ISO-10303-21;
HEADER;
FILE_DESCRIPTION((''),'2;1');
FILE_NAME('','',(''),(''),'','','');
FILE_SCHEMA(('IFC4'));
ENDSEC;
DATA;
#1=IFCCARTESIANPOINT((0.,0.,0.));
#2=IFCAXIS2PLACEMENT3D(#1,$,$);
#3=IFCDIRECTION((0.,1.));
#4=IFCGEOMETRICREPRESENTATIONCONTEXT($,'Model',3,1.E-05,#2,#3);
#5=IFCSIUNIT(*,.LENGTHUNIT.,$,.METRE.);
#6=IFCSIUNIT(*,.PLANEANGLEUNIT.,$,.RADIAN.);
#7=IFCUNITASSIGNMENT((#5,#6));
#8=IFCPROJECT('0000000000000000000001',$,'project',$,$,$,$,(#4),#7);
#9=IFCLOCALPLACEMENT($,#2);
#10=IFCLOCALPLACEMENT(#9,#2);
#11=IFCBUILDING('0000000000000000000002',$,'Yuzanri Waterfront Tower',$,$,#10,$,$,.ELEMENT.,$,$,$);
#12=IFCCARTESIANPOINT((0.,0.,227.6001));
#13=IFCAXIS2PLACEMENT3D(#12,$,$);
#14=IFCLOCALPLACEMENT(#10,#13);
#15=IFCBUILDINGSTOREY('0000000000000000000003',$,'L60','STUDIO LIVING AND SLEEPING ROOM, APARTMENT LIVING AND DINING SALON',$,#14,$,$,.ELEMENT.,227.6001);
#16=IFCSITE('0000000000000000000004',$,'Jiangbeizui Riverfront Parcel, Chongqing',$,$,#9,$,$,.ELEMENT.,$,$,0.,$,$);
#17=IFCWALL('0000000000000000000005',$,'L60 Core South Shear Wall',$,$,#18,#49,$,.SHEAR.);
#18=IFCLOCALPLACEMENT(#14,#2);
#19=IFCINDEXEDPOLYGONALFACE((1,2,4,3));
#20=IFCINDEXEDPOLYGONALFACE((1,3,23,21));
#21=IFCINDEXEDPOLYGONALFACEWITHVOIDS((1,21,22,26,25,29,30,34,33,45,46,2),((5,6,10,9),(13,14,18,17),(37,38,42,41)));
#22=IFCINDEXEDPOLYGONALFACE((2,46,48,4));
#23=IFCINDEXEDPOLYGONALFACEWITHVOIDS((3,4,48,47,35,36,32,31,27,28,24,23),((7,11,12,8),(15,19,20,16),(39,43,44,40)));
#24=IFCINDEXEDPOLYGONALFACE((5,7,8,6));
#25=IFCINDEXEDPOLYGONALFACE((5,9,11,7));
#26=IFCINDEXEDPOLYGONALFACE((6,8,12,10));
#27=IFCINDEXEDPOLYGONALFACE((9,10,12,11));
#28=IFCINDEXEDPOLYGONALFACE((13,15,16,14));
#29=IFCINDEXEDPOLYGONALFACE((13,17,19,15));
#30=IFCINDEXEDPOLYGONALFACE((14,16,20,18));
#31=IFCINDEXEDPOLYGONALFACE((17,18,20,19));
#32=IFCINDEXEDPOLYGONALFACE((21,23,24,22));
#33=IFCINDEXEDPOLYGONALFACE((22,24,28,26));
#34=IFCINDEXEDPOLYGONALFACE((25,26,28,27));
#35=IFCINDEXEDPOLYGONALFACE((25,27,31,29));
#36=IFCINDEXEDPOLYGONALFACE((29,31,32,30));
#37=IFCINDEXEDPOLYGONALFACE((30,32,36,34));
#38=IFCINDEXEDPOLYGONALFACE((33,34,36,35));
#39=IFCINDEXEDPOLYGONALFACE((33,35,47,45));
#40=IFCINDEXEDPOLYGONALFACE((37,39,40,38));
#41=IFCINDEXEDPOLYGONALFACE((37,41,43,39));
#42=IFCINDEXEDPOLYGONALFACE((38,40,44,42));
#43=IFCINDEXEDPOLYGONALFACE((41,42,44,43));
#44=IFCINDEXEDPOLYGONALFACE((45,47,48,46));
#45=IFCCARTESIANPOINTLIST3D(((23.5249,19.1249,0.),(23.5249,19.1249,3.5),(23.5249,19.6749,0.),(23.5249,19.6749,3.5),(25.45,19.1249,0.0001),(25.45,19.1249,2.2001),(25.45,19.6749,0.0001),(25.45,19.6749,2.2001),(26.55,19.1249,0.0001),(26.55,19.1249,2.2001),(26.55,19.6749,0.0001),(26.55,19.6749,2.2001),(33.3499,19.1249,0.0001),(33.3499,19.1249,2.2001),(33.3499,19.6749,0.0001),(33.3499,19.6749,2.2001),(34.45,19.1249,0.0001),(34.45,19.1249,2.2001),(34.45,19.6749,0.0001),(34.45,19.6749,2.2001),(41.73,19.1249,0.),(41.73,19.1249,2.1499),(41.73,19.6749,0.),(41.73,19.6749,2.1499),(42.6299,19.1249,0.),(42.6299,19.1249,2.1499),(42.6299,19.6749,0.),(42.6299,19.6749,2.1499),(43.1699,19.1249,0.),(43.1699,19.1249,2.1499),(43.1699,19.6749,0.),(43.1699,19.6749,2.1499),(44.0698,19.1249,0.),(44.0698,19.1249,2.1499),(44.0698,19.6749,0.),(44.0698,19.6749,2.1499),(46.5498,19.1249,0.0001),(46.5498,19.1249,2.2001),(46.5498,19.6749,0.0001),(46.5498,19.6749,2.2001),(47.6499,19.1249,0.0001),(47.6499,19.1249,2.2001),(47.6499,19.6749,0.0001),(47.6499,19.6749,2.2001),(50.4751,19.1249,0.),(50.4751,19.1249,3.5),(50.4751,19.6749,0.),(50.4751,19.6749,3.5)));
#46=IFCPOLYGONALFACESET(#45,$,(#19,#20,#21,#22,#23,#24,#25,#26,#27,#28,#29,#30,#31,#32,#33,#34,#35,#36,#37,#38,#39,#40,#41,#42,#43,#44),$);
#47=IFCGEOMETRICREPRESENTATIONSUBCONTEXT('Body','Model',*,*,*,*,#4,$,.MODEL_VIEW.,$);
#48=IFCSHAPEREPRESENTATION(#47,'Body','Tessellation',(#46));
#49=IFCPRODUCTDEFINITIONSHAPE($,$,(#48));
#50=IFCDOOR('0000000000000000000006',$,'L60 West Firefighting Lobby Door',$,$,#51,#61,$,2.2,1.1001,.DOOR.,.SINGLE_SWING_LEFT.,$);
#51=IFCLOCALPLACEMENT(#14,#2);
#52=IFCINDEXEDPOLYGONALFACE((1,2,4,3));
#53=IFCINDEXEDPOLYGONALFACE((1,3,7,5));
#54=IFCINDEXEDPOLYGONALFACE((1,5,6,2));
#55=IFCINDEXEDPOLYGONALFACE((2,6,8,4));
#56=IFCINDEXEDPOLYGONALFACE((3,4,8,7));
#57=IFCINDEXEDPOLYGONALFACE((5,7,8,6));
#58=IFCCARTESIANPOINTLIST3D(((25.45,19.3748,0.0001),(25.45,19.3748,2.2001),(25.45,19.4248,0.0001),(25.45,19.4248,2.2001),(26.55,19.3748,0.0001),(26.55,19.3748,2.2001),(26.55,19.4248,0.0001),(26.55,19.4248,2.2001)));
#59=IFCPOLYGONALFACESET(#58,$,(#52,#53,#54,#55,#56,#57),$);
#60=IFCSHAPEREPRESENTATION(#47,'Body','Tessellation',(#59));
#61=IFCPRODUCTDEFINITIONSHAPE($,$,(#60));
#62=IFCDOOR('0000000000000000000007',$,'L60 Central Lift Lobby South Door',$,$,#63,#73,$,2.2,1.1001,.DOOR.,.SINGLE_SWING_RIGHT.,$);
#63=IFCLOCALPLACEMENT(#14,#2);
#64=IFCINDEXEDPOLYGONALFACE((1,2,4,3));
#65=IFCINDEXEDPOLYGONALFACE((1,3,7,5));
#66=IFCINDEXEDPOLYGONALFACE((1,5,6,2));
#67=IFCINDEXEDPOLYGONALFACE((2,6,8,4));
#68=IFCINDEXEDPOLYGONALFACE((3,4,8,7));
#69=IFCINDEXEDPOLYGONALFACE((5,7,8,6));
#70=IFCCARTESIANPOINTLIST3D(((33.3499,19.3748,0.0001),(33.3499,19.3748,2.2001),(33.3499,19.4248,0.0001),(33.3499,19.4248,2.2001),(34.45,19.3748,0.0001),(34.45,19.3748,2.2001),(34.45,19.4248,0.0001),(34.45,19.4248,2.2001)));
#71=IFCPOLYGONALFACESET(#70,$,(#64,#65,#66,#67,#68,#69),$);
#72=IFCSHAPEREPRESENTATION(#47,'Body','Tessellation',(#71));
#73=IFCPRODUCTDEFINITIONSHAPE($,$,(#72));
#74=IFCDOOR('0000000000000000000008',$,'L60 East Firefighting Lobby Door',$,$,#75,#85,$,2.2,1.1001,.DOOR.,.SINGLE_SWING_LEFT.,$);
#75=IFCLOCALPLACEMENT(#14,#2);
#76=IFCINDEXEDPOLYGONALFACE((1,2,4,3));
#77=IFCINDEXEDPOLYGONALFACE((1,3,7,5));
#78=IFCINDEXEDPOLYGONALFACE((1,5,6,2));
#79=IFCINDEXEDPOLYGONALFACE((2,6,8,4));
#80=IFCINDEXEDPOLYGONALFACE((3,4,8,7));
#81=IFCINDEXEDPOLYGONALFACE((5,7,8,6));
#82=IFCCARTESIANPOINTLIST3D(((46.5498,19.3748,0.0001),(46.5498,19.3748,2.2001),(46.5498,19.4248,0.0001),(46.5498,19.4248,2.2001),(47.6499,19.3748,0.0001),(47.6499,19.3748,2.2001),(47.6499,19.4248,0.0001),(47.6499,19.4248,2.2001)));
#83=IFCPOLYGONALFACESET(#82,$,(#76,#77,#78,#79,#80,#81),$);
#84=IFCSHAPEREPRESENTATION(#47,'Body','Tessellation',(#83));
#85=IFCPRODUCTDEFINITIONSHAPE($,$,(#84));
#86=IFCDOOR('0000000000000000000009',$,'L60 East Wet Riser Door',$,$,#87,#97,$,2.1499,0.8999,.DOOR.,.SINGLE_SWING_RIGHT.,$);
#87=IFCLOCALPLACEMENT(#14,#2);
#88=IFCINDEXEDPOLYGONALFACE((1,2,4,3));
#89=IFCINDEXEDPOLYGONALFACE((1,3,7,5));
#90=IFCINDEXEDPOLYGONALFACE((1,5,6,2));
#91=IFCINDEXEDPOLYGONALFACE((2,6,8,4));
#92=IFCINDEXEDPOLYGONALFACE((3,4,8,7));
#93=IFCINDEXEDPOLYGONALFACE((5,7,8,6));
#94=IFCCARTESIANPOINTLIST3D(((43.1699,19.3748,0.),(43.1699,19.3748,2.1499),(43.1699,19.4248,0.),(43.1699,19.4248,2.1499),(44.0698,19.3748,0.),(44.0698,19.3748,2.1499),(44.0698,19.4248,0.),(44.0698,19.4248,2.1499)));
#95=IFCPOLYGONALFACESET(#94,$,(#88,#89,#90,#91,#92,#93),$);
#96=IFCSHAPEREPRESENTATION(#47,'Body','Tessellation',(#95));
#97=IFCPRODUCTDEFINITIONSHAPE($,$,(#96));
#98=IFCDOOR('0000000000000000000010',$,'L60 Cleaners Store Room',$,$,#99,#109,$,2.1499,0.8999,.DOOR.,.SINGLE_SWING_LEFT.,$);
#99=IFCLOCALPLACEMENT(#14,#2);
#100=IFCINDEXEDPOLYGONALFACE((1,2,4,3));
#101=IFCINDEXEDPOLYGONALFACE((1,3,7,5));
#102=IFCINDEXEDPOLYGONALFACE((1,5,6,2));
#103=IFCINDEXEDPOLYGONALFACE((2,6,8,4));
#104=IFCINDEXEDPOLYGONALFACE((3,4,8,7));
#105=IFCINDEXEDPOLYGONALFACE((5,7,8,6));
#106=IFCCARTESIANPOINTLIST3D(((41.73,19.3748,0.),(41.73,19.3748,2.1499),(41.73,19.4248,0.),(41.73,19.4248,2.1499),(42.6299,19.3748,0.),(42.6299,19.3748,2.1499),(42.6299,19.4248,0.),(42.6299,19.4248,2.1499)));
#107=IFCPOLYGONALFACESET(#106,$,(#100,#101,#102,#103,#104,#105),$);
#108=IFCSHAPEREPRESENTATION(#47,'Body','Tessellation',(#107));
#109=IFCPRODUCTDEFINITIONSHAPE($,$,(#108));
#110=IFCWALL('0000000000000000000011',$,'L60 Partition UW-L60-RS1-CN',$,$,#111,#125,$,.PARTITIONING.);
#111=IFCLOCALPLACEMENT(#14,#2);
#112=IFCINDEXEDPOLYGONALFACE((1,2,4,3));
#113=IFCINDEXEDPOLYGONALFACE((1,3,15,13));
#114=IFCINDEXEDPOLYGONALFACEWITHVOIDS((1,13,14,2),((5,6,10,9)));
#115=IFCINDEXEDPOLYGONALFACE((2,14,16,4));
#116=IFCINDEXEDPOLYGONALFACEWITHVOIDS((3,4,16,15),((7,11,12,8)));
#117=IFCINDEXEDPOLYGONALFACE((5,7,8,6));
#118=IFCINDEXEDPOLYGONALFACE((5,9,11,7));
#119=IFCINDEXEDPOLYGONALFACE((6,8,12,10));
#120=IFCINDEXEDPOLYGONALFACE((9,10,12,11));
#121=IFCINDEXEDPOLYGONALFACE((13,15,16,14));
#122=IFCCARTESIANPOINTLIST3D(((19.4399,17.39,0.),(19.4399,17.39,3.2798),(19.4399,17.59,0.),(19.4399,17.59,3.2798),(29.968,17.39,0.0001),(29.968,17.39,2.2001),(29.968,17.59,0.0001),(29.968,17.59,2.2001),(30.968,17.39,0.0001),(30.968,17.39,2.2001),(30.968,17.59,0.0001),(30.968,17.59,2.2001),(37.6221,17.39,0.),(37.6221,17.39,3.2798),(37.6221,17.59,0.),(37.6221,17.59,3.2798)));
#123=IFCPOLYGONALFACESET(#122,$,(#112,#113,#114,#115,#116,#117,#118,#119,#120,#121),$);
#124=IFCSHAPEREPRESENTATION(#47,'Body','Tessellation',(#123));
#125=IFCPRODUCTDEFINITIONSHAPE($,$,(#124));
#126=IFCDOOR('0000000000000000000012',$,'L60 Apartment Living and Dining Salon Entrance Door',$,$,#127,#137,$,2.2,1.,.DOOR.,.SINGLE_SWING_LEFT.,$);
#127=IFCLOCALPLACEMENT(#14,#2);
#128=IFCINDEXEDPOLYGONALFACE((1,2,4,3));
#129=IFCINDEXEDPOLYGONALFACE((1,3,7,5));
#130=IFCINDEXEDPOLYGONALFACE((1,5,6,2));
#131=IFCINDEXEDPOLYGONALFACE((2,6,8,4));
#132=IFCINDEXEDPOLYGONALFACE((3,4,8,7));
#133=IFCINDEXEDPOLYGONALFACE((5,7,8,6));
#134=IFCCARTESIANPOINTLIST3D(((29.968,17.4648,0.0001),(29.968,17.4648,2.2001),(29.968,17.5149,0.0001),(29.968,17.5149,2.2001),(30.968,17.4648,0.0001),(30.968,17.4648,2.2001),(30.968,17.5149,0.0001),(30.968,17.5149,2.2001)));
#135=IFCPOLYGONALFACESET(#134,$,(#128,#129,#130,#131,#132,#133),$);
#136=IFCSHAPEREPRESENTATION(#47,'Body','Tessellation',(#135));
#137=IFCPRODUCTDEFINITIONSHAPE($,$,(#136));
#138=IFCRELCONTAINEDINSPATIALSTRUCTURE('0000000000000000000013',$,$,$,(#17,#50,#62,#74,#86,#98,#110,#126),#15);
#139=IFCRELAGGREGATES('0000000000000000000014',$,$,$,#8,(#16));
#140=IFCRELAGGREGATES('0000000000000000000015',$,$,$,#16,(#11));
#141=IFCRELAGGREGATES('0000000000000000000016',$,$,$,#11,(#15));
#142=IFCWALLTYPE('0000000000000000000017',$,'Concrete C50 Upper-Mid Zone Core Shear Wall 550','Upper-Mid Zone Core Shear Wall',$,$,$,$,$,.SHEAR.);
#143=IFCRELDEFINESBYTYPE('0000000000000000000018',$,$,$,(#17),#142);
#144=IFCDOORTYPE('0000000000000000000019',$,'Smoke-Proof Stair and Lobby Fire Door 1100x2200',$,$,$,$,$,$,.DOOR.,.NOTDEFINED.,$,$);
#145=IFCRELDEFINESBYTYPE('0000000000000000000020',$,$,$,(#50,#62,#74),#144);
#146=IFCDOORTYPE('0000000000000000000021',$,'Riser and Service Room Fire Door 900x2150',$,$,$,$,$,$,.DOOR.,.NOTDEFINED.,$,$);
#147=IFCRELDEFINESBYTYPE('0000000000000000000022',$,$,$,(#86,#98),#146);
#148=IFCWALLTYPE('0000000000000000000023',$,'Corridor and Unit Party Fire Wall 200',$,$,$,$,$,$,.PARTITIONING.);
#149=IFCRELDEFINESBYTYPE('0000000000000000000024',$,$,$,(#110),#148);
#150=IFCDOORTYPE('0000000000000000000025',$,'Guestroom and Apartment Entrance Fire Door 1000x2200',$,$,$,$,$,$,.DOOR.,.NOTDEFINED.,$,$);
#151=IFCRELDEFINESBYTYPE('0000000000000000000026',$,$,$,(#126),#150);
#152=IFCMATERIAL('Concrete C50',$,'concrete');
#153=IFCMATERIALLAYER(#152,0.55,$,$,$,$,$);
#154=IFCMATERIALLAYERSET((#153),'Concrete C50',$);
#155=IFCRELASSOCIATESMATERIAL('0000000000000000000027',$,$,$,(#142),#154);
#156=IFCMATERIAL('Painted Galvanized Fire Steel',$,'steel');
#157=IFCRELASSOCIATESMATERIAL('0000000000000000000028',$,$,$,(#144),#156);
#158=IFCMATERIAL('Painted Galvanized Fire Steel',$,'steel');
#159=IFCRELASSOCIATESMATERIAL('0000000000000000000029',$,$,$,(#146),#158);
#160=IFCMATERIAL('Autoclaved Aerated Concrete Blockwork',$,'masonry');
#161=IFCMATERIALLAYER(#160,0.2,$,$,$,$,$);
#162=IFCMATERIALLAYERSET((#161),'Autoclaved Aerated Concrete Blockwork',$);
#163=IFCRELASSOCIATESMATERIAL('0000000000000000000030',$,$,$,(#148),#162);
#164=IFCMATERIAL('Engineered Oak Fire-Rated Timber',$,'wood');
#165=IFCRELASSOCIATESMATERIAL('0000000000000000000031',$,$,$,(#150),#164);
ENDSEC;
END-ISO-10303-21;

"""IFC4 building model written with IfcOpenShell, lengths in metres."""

from ifc_helpers import new_model, si_unit, direction, frame, frame_2d, origin, place, context, subcontext, project, spatial, rectangle, extrude, source, transform, mapped, material, layer, layer_set, type_object, element, fill, save


model = new_model("IFC4")

# Units and contexts
model_context = context("Model", 3, precision=1e-05, world=origin(), true_north=direction((0.0, 1.0)))
body_context = subcontext(model_context, "Body", "Model", "MODEL_VIEW")
ifc_project = project(units=[si_unit("LENGTHUNIT", "METRE"), si_unit("PLANEANGLEUNIT", "RADIAN")], contexts=[model_context])

# Site, building, storey
site_placement = place(None, origin())
site = spatial("IfcSite", under=ifc_project, at=site_placement, Name="Jiangbeizui Riverfront Parcel, Chongqing", CompositionType="ELEMENT", RefElevation=0.0)
building_placement = place(site_placement, origin())
building = spatial("IfcBuilding", under=site, at=building_placement, Name="Yuzanri Waterfront Tower", CompositionType="ELEMENT")
storey_placement = place(building_placement, frame((0.0, 0.0, 227.6001)))
storey = spatial("IfcBuildingStorey", under=building, at=storey_placement, Name="L60", Description="STUDIO LIVING AND SLEEPING ROOM, APARTMENT LIVING AND DINING SALON", CompositionType="ELEMENT", Elevation=227.6001)

# Wall, openings, doors
ifc_material_1 = material(Name="Concrete C50", Category="concrete")
ifc_layer_1 = layer(ifc_material_1, 0.55)
ifc_layer_set_1 = layer_set([ifc_layer_1], Name="Concrete C50")
wall_type_1 = type_object("IfcWallType", Name="Concrete C50 Upper-Mid Zone Core Shear Wall 550", Description="Upper-Mid Zone Core Shear Wall", PredefinedType="SHEAR", material=ifc_layer_set_1)
wall_1_placement = place(storey_placement, frame((23.5249, 19.3999, 0.0), z_axis=(0.0, 0.0, 1.0), x_axis=(1.0, 0.0, 0.0)))
wall_1 = element("IfcWall", 1, at=wall_1_placement, inside=storey, type_object=wall_type_1, Name="L60 Core South Shear Wall", PredefinedType="SHEAR", context=body_context, shape_type="SweptSolid", body=[
    extrude(rectangle(XDim=26.9502, YDim=0.55, at=frame_2d((13.4751, 0.0))), origin(), (0.0, 0.0, 1.0), 3.5),
])
opening_1_placement = place(wall_1_placement, frame((1.925, 0.0, 0.0)))
opening_1 = element("IfcOpeningElement", 2, at=opening_1_placement, cuts=wall_1, PredefinedType="OPENING", context=body_context, shape_type="SweptSolid", body=[
    extrude(rectangle(XDim=1.1001, YDim=2.2, at=frame_2d((0.55, 1.1001))), frame((0.0, 0.29, 0.0), z_axis=(0.0, -1.0, 0.0), x_axis=(1.0, 0.0, 0.0)), (0.0, 0.0, 1.0), 0.5798),
])
opening_2_placement = place(wall_1_placement, frame((9.825, 0.0, 0.0)))
opening_2 = element("IfcOpeningElement", 3, at=opening_2_placement, cuts=wall_1, PredefinedType="OPENING", context=body_context, shape_type="SweptSolid", body=[
    extrude(rectangle(XDim=1.1001, YDim=2.2, at=frame_2d((0.55, 1.1001))), frame((0.0, 0.29, 0.0), z_axis=(0.0, -1.0, 0.0), x_axis=(1.0, 0.0, 0.0)), (0.0, 0.0, 1.0), 0.5798),
])
opening_3_placement = place(wall_1_placement, frame((23.0249, 0.0, 0.0)))
opening_3 = element("IfcOpeningElement", 4, at=opening_3_placement, cuts=wall_1, PredefinedType="OPENING", context=body_context, shape_type="SweptSolid", body=[
    extrude(rectangle(XDim=1.1001, YDim=2.2, at=frame_2d((0.55, 1.1001))), frame((0.0, 0.29, 0.0), z_axis=(0.0, -1.0, 0.0), x_axis=(1.0, 0.0, 0.0)), (0.0, 0.0, 1.0), 0.5798),
])
opening_4_placement = place(wall_1_placement, frame((19.645, 0.0, 0.0)))
opening_4 = element("IfcOpeningElement", 5, at=opening_4_placement, cuts=wall_1, PredefinedType="OPENING", context=body_context, shape_type="SweptSolid", body=[
    extrude(rectangle(XDim=0.8999, YDim=2.1499, at=frame_2d((0.45, 1.075))), frame((0.0, 0.29, 0.0), z_axis=(0.0, -1.0, 0.0), x_axis=(1.0, 0.0, 0.0)), (0.0, 0.0, 1.0), 0.5798),
])
opening_5_placement = place(wall_1_placement, frame((18.2051, 0.0, 0.0)))
opening_5 = element("IfcOpeningElement", 6, at=opening_5_placement, cuts=wall_1, PredefinedType="OPENING", context=body_context, shape_type="SweptSolid", body=[
    extrude(rectangle(XDim=0.8999, YDim=2.1499, at=frame_2d((0.45, 1.075))), frame((0.0, 0.29, 0.0), z_axis=(0.0, -1.0, 0.0), x_axis=(1.0, 0.0, 0.0)), (0.0, 0.0, 1.0), 0.5798),
])
ifc_material_2 = material(Name="Painted Galvanized Fire Steel", Category="steel")
door_type_1 = type_object("IfcDoorType", Name="Smoke-Proof Stair and Lobby Fire Door 1100x2200", OperationType="NOTDEFINED", PredefinedType="DOOR", material=ifc_material_2)
shared_shape_1 = source(origin(), body_context, "Body", "SweptSolid", [
    extrude(rectangle(XDim=1.1001, YDim=2.2, at=frame_2d((0.55, 1.1001))), frame((0.0, 0.0249, 0.0), z_axis=(0.0, -1.0, 0.0), x_axis=(1.0, 0.0, 0.0)), (0.0, 0.0, 1.0), 0.05),
])
door_1_placement = place(opening_1_placement, origin())
door_1 = element("IfcDoor", 7, at=door_1_placement, inside=storey, type_object=door_type_1, Name="L60 West Firefighting Lobby Door", OperationType="SINGLE_SWING_LEFT", OverallHeight=2.2, OverallWidth=1.1001, PredefinedType="DOOR", context=body_context, shape_type="MappedRepresentation", body=[
    mapped(shared_shape_1, transform((0.0, 0.0, 0.0), scale=1.0)),
])
fill(opening_1, door_1)
door_2_placement = place(opening_2_placement, origin())
door_2 = element("IfcDoor", 8, at=door_2_placement, inside=storey, type_object=door_type_1, Name="L60 Central Lift Lobby South Door", OperationType="SINGLE_SWING_RIGHT", OverallHeight=2.2, OverallWidth=1.1001, PredefinedType="DOOR", context=body_context, shape_type="MappedRepresentation", body=[
    mapped(shared_shape_1, transform((0.0, 0.0, 0.0), scale=1.0)),
])
fill(opening_2, door_2)
door_3_placement = place(opening_3_placement, origin())
door_3 = element("IfcDoor", 9, at=door_3_placement, inside=storey, type_object=door_type_1, Name="L60 East Firefighting Lobby Door", OperationType="SINGLE_SWING_LEFT", OverallHeight=2.2, OverallWidth=1.1001, PredefinedType="DOOR", context=body_context, shape_type="MappedRepresentation", body=[
    mapped(shared_shape_1, transform((0.0, 0.0, 0.0), scale=1.0)),
])
fill(opening_3, door_3)
ifc_material_3 = material(Name="Painted Galvanized Fire Steel", Category="steel")
door_type_2 = type_object("IfcDoorType", Name="Riser and Service Room Fire Door 900x2150", OperationType="NOTDEFINED", PredefinedType="DOOR", material=ifc_material_3)
shared_shape_2 = source(origin(), body_context, "Body", "SweptSolid", [
    extrude(rectangle(XDim=0.8999, YDim=2.1499, at=frame_2d((0.45, 1.075))), frame((0.0, 0.0249, 0.0), z_axis=(0.0, -1.0, 0.0), x_axis=(1.0, 0.0, 0.0)), (0.0, 0.0, 1.0), 0.05),
])
door_4_placement = place(opening_4_placement, origin())
door_4 = element("IfcDoor", 10, at=door_4_placement, inside=storey, type_object=door_type_2, Name="L60 East Wet Riser Door", OperationType="SINGLE_SWING_RIGHT", OverallHeight=2.1499, OverallWidth=0.8999, PredefinedType="DOOR", context=body_context, shape_type="MappedRepresentation", body=[
    mapped(shared_shape_2, transform((0.0, 0.0, 0.0), scale=1.0)),
])
fill(opening_4, door_4)
door_5_placement = place(opening_5_placement, origin())
door_5 = element("IfcDoor", 11, at=door_5_placement, inside=storey, type_object=door_type_2, Name="L60 Cleaners Store Room", OperationType="SINGLE_SWING_LEFT", OverallHeight=2.1499, OverallWidth=0.8999, PredefinedType="DOOR", context=body_context, shape_type="MappedRepresentation", body=[
    mapped(shared_shape_2, transform((0.0, 0.0, 0.0), scale=1.0)),
])
fill(opening_5, door_5)

# Wall, opening, door
ifc_material_4 = material(Name="Autoclaved Aerated Concrete Blockwork", Category="masonry")
ifc_layer_2 = layer(ifc_material_4, 0.2)
ifc_layer_set_2 = layer_set([ifc_layer_2], Name="Autoclaved Aerated Concrete Blockwork")
wall_type_2 = type_object("IfcWallType", Name="Corridor and Unit Party Fire Wall 200", PredefinedType="PARTITIONING", material=ifc_layer_set_2)
wall_2_placement = place(storey_placement, frame((19.4399, 17.49, 0.0), z_axis=(0.0, 0.0, 1.0), x_axis=(1.0, 0.0, 0.0)))
wall_2 = element("IfcWall", 12, at=wall_2_placement, inside=storey, type_object=wall_type_2, Name="L60 Partition UW-L60-RS1-CN", PredefinedType="PARTITIONING", context=body_context, shape_type="SweptSolid", body=[
    extrude(rectangle(XDim=18.1821, YDim=0.2, at=frame_2d((9.0911, 0.0))), origin(), (0.0, 0.0, 1.0), 3.2798),
])
opening_6_placement = place(wall_2_placement, frame((10.5281, 0.0, 0.0)))
opening_6 = element("IfcOpeningElement", 13, at=opening_6_placement, cuts=wall_2, PredefinedType="OPENING", context=body_context, shape_type="SweptSolid", body=[
    extrude(rectangle(XDim=1.0, YDim=2.2, at=frame_2d((0.5, 1.1001))), frame((0.0, 0.1147, 0.0), z_axis=(0.0, -1.0, 0.0), x_axis=(1.0, 0.0, 0.0)), (0.0, 0.0, 1.0), 0.2297),
])
ifc_material_5 = material(Name="Engineered Oak Fire-Rated Timber", Category="wood")
door_type_3 = type_object("IfcDoorType", Name="Guestroom and Apartment Entrance Fire Door 1000x2200", OperationType="NOTDEFINED", PredefinedType="DOOR", material=ifc_material_5)
shared_shape_3 = source(origin(), body_context, "Body", "SweptSolid", [
    extrude(rectangle(XDim=1.0, YDim=2.2, at=frame_2d((0.5, 1.1001))), frame((0.0, 0.0249, 0.0), z_axis=(0.0, -1.0, 0.0), x_axis=(1.0, 0.0, 0.0)), (0.0, 0.0, 1.0), 0.05),
])
door_6_placement = place(opening_6_placement, origin())
door_6 = element("IfcDoor", 14, at=door_6_placement, inside=storey, type_object=door_type_3, Name="L60 Apartment Living and Dining Salon Entrance Door", OperationType="SINGLE_SWING_LEFT", OverallHeight=2.2, OverallWidth=1.0, PredefinedType="DOOR", context=body_context, shape_type="MappedRepresentation", body=[
    mapped(shared_shape_3, transform((0.0, 0.0, 0.0), scale=1.0)),
])
fill(opening_6, door_6)

save(model, "model.ifc")
